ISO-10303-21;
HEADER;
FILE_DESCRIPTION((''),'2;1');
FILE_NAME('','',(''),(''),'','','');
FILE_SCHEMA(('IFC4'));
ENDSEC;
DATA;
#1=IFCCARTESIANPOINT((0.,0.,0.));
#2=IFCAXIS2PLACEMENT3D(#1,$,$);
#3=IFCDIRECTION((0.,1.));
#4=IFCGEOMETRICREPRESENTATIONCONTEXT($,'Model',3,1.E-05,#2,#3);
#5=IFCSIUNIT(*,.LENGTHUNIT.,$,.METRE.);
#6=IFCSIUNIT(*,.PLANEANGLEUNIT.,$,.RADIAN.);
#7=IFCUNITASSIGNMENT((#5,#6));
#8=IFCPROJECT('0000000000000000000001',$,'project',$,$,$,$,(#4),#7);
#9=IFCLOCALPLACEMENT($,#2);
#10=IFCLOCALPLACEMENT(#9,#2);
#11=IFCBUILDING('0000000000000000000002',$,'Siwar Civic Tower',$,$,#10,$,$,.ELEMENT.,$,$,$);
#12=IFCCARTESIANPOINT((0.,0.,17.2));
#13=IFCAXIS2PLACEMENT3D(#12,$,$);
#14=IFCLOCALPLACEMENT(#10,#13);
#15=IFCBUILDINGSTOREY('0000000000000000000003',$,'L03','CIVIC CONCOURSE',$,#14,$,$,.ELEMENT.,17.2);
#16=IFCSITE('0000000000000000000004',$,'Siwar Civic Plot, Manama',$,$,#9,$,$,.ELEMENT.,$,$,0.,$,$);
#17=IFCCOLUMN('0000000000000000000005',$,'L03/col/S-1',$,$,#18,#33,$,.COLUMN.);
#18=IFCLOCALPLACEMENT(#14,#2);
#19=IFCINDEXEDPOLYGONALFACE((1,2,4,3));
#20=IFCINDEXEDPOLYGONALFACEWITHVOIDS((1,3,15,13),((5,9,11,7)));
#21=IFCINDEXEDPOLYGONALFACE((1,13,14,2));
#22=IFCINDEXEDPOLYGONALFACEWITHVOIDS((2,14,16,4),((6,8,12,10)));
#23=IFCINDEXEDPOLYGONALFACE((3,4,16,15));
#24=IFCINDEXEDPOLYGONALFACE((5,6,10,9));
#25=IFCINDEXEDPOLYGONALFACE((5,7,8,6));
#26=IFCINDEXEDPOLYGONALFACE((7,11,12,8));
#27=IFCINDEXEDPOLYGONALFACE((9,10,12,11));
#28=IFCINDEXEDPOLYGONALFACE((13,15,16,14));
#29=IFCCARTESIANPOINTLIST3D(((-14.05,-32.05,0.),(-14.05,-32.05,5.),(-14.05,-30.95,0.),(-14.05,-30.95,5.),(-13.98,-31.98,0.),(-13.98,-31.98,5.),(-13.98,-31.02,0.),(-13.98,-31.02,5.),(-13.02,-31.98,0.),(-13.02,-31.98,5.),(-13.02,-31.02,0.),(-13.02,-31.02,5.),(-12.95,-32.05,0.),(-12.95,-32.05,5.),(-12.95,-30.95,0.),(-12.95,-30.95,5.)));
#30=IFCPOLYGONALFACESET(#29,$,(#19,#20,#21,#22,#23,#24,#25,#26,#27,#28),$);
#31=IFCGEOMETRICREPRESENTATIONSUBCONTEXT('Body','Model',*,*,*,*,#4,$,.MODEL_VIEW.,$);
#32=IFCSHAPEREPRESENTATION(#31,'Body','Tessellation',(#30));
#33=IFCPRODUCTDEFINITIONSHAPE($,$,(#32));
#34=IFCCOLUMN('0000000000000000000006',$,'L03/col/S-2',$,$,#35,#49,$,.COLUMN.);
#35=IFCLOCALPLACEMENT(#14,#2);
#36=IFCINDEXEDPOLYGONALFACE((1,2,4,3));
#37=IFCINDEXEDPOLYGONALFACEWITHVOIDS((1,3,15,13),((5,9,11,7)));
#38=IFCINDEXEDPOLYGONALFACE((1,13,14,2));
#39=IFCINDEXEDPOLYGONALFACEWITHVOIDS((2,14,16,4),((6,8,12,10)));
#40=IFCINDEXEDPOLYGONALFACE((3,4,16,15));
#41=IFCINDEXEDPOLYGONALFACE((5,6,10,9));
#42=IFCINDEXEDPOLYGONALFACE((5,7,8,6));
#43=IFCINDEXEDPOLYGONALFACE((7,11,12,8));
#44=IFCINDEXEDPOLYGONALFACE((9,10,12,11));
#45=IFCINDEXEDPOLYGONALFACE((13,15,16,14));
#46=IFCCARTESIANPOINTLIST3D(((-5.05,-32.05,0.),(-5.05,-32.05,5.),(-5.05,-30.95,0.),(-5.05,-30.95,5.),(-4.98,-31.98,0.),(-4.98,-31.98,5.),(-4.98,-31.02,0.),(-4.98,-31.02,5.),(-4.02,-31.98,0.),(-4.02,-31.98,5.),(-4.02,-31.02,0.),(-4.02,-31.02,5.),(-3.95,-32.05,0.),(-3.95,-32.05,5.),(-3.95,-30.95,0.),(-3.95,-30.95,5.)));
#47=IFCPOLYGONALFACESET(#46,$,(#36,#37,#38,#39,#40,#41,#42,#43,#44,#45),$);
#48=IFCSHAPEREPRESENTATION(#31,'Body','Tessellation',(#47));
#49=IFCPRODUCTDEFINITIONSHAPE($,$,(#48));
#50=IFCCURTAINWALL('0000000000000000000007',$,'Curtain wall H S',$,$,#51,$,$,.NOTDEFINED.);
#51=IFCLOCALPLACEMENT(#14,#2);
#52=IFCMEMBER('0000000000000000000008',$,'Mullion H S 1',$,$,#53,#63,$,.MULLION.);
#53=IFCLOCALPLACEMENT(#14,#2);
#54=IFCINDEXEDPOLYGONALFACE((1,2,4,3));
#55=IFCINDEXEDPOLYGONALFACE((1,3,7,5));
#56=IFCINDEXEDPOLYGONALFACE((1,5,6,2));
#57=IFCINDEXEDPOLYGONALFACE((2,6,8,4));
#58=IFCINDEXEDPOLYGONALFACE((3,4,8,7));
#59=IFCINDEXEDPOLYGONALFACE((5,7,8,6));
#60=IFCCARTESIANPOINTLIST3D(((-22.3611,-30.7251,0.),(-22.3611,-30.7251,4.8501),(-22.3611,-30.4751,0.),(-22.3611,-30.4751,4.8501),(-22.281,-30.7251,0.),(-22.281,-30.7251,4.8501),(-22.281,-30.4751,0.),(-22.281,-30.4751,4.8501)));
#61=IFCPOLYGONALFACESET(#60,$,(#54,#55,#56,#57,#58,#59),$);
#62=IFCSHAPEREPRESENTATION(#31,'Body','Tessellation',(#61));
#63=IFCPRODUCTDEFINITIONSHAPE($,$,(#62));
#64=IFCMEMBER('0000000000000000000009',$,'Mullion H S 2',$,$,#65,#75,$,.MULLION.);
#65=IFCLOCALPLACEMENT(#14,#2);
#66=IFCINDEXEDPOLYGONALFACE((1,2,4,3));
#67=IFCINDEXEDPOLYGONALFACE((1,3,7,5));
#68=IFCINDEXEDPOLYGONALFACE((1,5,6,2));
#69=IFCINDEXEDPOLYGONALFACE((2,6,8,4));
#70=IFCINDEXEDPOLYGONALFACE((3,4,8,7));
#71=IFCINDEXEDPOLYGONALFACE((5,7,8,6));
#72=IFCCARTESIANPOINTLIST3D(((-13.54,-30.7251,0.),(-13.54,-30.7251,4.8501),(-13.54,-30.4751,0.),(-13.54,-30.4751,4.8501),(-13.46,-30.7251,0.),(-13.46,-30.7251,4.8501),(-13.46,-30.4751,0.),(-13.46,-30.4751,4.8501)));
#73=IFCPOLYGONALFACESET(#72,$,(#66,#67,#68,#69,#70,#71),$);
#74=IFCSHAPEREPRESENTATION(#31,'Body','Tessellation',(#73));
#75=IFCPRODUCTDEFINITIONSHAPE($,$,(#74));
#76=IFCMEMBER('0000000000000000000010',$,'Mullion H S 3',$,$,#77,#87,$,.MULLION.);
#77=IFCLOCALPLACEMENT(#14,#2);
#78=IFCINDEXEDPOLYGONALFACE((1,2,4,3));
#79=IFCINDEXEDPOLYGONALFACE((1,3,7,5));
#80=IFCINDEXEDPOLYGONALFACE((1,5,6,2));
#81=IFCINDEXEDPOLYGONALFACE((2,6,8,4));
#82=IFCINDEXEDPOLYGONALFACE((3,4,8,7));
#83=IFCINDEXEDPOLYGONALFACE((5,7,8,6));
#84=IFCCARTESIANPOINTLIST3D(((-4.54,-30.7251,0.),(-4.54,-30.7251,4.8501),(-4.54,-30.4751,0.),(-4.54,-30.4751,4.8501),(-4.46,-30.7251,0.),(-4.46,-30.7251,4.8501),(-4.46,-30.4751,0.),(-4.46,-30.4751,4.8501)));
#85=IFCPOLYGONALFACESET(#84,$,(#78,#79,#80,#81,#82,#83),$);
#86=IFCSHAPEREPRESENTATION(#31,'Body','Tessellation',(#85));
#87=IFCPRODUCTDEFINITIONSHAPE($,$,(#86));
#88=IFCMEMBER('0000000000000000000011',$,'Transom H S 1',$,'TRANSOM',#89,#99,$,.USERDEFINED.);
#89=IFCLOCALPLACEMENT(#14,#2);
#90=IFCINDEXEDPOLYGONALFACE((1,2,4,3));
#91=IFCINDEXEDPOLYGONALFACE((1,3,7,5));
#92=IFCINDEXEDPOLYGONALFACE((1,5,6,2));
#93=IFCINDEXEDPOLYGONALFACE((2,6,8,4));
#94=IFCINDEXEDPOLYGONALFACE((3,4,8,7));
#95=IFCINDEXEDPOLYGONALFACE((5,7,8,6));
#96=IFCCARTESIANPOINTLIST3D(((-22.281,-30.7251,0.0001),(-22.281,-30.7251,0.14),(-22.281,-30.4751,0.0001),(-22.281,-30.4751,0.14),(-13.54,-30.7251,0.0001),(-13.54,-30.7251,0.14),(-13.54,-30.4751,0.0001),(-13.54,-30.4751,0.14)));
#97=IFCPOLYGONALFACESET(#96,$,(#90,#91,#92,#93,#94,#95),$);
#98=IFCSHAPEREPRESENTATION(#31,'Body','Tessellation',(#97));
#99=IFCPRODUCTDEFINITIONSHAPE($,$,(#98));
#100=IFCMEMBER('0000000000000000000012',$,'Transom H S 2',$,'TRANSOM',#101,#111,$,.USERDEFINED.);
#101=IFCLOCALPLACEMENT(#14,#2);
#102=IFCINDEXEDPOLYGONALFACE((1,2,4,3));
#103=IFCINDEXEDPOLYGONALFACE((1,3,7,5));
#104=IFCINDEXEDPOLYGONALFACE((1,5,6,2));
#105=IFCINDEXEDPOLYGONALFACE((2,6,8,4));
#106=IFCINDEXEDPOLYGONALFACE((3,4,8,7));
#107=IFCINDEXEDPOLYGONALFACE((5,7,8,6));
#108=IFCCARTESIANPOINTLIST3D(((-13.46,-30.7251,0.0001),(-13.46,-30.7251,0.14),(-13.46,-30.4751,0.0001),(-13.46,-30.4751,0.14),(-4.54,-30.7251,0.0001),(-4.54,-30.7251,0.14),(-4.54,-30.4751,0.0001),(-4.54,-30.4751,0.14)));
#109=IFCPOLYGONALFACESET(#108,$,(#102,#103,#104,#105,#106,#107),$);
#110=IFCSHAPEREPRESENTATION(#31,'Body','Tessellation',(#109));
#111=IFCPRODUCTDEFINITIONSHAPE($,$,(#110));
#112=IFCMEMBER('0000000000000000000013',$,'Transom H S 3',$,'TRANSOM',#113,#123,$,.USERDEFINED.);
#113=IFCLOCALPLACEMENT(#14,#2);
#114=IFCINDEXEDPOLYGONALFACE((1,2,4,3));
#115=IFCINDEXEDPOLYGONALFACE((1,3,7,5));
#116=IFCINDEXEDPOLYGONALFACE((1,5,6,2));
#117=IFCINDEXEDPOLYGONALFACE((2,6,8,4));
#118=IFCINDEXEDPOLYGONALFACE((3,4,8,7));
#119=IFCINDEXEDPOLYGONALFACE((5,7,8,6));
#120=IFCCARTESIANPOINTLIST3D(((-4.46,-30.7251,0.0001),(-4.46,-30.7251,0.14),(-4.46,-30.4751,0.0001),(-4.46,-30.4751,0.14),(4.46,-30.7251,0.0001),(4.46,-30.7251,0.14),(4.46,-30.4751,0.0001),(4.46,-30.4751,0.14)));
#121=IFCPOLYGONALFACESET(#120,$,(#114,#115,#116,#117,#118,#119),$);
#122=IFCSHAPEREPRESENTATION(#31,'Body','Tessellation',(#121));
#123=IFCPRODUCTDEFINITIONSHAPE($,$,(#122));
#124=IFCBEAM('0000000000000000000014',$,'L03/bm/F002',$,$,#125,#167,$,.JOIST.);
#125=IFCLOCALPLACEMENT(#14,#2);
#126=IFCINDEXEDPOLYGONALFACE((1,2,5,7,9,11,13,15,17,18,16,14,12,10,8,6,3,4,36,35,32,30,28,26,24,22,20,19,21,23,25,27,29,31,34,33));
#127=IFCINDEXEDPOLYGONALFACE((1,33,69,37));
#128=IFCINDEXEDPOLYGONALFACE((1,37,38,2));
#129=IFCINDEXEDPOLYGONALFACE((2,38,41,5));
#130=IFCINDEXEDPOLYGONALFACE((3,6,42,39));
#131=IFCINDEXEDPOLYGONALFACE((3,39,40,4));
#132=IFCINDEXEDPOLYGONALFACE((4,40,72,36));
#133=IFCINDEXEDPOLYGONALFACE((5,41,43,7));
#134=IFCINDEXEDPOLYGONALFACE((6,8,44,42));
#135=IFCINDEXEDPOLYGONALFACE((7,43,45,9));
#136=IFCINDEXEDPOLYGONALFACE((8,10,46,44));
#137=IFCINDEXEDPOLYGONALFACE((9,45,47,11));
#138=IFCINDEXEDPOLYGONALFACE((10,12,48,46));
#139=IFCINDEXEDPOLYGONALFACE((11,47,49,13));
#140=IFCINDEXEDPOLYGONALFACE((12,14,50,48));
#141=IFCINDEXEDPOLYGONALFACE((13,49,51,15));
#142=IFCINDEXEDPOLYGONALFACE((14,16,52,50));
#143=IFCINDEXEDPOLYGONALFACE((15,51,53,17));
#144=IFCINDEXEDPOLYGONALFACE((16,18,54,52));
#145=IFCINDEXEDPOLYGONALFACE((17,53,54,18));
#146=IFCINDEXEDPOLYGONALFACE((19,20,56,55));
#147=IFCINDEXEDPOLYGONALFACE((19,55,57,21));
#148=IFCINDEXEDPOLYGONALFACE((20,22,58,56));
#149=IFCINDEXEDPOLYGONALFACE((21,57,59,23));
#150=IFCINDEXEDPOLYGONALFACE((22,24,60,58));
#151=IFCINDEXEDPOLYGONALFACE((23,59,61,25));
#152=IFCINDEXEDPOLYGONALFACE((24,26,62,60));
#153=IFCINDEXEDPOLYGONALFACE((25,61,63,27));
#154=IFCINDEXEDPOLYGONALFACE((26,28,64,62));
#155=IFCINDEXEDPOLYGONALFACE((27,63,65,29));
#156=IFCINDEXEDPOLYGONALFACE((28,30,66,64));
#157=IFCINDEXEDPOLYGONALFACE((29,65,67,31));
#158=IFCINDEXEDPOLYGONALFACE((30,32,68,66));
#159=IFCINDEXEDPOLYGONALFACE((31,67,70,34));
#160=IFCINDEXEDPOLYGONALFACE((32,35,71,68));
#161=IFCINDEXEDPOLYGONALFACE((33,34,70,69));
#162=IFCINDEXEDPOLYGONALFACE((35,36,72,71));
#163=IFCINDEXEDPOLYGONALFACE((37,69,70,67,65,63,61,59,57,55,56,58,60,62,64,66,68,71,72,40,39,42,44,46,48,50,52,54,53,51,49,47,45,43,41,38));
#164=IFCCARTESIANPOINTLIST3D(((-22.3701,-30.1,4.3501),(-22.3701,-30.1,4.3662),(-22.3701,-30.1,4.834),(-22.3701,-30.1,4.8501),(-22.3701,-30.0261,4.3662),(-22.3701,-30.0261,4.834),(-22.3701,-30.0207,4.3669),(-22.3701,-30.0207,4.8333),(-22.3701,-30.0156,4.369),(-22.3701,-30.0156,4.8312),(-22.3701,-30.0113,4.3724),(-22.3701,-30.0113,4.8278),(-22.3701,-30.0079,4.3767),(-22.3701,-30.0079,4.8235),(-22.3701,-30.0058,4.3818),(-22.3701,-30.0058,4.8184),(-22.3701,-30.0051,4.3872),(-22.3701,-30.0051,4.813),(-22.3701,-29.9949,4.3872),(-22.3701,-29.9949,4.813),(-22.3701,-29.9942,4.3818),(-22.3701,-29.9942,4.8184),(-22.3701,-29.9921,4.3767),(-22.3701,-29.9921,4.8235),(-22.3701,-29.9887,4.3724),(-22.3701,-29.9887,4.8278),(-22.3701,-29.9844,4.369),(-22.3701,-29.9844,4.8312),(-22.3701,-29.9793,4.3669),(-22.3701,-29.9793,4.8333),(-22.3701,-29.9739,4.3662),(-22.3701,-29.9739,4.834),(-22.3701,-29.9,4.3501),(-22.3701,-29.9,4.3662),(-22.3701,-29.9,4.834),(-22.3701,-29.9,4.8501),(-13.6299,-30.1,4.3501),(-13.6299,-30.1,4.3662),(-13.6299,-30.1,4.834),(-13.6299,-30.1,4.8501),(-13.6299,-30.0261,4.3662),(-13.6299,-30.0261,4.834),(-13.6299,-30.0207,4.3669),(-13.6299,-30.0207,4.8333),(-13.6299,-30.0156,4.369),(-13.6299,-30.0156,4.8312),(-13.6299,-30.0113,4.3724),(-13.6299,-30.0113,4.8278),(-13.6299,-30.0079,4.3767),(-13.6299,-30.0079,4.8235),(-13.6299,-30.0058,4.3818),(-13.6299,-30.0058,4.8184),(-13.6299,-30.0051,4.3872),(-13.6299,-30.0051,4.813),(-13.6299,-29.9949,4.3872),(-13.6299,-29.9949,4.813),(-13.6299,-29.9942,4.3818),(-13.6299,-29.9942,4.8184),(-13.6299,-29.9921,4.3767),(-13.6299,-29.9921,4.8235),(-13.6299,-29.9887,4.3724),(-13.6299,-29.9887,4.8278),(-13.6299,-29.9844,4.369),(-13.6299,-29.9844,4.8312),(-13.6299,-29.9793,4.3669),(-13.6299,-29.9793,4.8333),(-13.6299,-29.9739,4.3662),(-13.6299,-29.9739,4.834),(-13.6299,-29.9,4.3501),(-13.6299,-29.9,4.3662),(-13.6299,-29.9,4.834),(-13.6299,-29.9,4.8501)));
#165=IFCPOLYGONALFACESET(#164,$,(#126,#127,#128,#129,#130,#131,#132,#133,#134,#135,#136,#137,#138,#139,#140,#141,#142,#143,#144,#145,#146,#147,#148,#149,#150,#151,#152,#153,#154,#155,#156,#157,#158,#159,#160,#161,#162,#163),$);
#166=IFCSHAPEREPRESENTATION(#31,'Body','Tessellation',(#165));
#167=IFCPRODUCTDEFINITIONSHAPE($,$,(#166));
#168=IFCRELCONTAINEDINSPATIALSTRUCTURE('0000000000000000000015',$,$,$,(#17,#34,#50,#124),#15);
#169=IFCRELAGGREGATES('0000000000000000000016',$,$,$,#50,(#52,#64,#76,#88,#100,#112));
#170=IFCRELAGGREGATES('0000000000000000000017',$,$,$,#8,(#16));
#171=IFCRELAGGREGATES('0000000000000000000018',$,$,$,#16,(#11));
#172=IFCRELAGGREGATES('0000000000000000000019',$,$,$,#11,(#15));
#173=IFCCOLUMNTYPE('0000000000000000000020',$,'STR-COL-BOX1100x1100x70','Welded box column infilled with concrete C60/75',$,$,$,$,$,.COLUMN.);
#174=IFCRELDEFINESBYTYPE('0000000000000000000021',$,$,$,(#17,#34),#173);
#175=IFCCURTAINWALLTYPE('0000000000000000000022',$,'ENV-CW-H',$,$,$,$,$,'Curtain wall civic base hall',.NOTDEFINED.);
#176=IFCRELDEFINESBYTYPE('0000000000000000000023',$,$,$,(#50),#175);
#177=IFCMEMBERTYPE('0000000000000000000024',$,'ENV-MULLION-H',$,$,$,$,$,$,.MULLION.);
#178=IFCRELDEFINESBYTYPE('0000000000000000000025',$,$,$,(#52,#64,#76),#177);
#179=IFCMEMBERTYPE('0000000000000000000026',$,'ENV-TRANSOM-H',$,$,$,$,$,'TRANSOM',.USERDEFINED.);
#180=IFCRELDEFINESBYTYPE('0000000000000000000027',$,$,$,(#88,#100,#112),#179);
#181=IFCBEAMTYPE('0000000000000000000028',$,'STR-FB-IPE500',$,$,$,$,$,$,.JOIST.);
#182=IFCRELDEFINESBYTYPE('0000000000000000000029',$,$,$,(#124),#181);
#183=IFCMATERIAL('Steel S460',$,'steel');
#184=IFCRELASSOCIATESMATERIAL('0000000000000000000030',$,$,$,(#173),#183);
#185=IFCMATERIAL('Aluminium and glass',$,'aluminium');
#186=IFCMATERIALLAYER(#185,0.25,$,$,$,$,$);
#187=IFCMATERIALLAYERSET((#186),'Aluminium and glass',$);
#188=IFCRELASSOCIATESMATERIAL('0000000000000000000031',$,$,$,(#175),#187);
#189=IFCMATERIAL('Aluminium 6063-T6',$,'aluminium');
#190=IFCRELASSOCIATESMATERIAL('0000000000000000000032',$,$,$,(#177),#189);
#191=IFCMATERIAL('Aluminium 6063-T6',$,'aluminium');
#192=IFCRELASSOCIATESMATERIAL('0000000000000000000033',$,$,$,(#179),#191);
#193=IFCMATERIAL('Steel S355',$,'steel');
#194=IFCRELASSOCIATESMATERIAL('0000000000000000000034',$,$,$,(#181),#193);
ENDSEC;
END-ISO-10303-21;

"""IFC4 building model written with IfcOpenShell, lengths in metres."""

from ifc_helpers import new_model, si_unit, direction, frame, origin, origin_2d, place, context, subcontext, project, spatial, rectangle, hollow_rectangle, i_section, extrude, material, layer, layer_set, material_profile, profile_set, type_object, element, aggregate, save


model = new_model("IFC4")

# Units and contexts
model_context = context("Model", 3, precision=1e-05, world=origin(), true_north=direction((0.0, 1.0)))
body_context = subcontext(model_context, "Body", "Model", "MODEL_VIEW")
ifc_project = project(units=[si_unit("LENGTHUNIT", "METRE"), si_unit("PLANEANGLEUNIT", "RADIAN")], contexts=[model_context])

# Site, building, storey
site_placement = place(None, origin())
site = spatial("IfcSite", under=ifc_project, at=site_placement, Name="Siwar Civic Plot, Manama", CompositionType="ELEMENT", RefElevation=0.0)
building_placement = place(site_placement, origin())
building = spatial("IfcBuilding", under=site, at=building_placement, Name="Siwar Civic Tower", CompositionType="ELEMENT")
storey_placement = place(building_placement, frame((0.0, 0.0, 17.2)))
storey = spatial("IfcBuildingStorey", under=building, at=storey_placement, Name="L03", Description="CIVIC CONCOURSE", CompositionType="ELEMENT", Elevation=17.2)

# Columns
ifc_material_1 = material(Name="Steel S460", Category="steel")
ifc_material_profile_1 = material_profile(ifc_material_1, hollow_rectangle(XDim=1.1001, YDim=1.1001, WallThickness=0.0701, at=origin_2d()), Name="BOX1100x1100x70")
ifc_profile_set_1 = profile_set([ifc_material_profile_1], Name="Steel S460")
column_type = type_object("IfcColumnType", Name="STR-COL-BOX1100x1100x70", Description="Welded box column infilled with concrete C60/75", PredefinedType="COLUMN", material=ifc_profile_set_1)
for number, where, z_axis, x_axis, name in (
    (1, (-13.5, -31.5, 0.0), (0.0, 0.0, 1.0), (1.0, 0.0, 0.0), "L03/col/S-1"),
    (2, (-4.5, -31.5, 0.0), (0.0, 0.0, 1.0), (1.0, 0.0, 0.0), "L03/col/S-2"),
):
    element("IfcColumn", number, at=place(storey_placement, frame(where, z_axis=z_axis, x_axis=x_axis)), inside=storey, type_object=column_type, Name=name, PredefinedType="COLUMN", context=body_context, shape_type="SweptSolid", body=[
        extrude(hollow_rectangle(XDim=1.1001, YDim=1.1001, WallThickness=0.0701, at=origin_2d()), origin(), (0.0, 0.0, 1.0), 5.0),
    ])

# Curtain wall, members
ifc_material_2 = material(Name="Aluminium and glass", Category="aluminium")
ifc_layer_1 = layer(ifc_material_2, 0.25)
ifc_layer_set_1 = layer_set([ifc_layer_1], Name="Aluminium and glass")
curtain_wall_type = type_object("IfcCurtainWallType", Name="ENV-CW-H", ElementType="Curtain wall civic base hall", PredefinedType="NOTDEFINED", material=ifc_layer_set_1)
curtain_wall_placement = place(storey_placement, origin())
curtain_wall = element("IfcCurtainWall", 3, at=curtain_wall_placement, inside=storey, type_object=curtain_wall_type, Name="Curtain wall H S", PredefinedType="NOTDEFINED")
ifc_material_3 = material(Name="Aluminium 6063-T6", Category="aluminium")
ifc_material_profile_2 = material_profile(ifc_material_3, rectangle(XDim=0.25, YDim=0.0801, at=origin_2d()), Name="AL 250x80")
ifc_profile_set_2 = profile_set([ifc_material_profile_2], Name="Aluminium 6063-T6")
member_type_1 = type_object("IfcMemberType", Name="ENV-MULLION-H", PredefinedType="MULLION", material=ifc_profile_set_2)
member_1_placement = place(storey_placement, frame((-22.321, -30.6001, 0.0), z_axis=(0.0, 0.0, 1.0), x_axis=(0.0, 1.0, 0.0)))
member_1 = element("IfcMember", 4, at=member_1_placement, type_object=member_type_1, Name="Mullion H S 1", PredefinedType="MULLION", context=body_context, shape_type="SweptSolid", body=[
    extrude(rectangle(XDim=0.25, YDim=0.0801, at=origin_2d()), origin(), (0.0, 0.0, 1.0), 4.8501),
])
member_2_placement = place(storey_placement, frame((-13.5, -30.6001, 0.0), z_axis=(0.0, 0.0, 1.0), x_axis=(0.0, 1.0, 0.0)))
member_2 = element("IfcMember", 5, at=member_2_placement, type_object=member_type_1, Name="Mullion H S 2", PredefinedType="MULLION", context=body_context, shape_type="SweptSolid", body=[
    extrude(rectangle(XDim=0.25, YDim=0.0801, at=origin_2d()), origin(), (0.0, 0.0, 1.0), 4.8501),
])
member_3_placement = place(storey_placement, frame((-4.5, -30.6001, 0.0), z_axis=(0.0, 0.0, 1.0), x_axis=(0.0, 1.0, 0.0)))
member_3 = element("IfcMember", 6, at=member_3_placement, type_object=member_type_1, Name="Mullion H S 3", PredefinedType="MULLION", context=body_context, shape_type="SweptSolid", body=[
    extrude(rectangle(XDim=0.25, YDim=0.0801, at=origin_2d()), origin(), (0.0, 0.0, 1.0), 4.8501),
])
ifc_material_4 = material(Name="Aluminium 6063-T6", Category="aluminium")
ifc_material_profile_3 = material_profile(ifc_material_4, rectangle(XDim=0.25, YDim=0.1399, at=origin_2d()), Name="AL 250x140")
ifc_profile_set_3 = profile_set([ifc_material_profile_3], Name="Aluminium 6063-T6")
member_type_2 = type_object("IfcMemberType", Name="ENV-TRANSOM-H", ElementType="TRANSOM", PredefinedType="USERDEFINED", material=ifc_profile_set_3)
member_4_placement = place(storey_placement, frame((-22.281, -30.6001, 0.0701), z_axis=(1.0, 0.0, 0.0), x_axis=(0.0, 1.0, 0.0)))
member_4 = element("IfcMember", 7, at=member_4_placement, type_object=member_type_2, Name="Transom H S 1", ObjectType="TRANSOM", PredefinedType="USERDEFINED", context=body_context, shape_type="SweptSolid", body=[
    extrude(rectangle(XDim=0.25, YDim=0.1399, at=origin_2d()), origin(), (0.0, 0.0, 1.0), 8.741),
])
member_5_placement = place(storey_placement, frame((-13.46, -30.6001, 0.0701), z_axis=(1.0, 0.0, 0.0), x_axis=(0.0, 1.0, 0.0)))
member_5 = element("IfcMember", 8, at=member_5_placement, type_object=member_type_2, Name="Transom H S 2", ObjectType="TRANSOM", PredefinedType="USERDEFINED", context=body_context, shape_type="SweptSolid", body=[
    extrude(rectangle(XDim=0.25, YDim=0.1399, at=origin_2d()), origin(), (0.0, 0.0, 1.0), 8.9199),
])
member_6_placement = place(storey_placement, frame((-4.46, -30.6001, 0.0701), z_axis=(1.0, 0.0, 0.0), x_axis=(0.0, 1.0, 0.0)))
member_6 = element("IfcMember", 9, at=member_6_placement, type_object=member_type_2, Name="Transom H S 3", ObjectType="TRANSOM", PredefinedType="USERDEFINED", context=body_context, shape_type="SweptSolid", body=[
    extrude(rectangle(XDim=0.25, YDim=0.1399, at=origin_2d()), origin(), (0.0, 0.0, 1.0), 8.9199),
])

# Beam
ifc_material_5 = material(Name="Steel S355", Category="steel")
ifc_material_profile_4 = material_profile(ifc_material_5, i_section(OverallWidth=0.2, OverallDepth=0.5, WebThickness=0.0103, FlangeThickness=0.0161, FilletRadius=0.021, at=origin_2d()), Name="IPE500")
ifc_profile_set_4 = profile_set([ifc_material_profile_4], Name="Steel S355")
beam_type_1 = type_object("IfcBeamType", Name="STR-FB-IPE500", PredefinedType="JOIST", material=ifc_profile_set_4)
for number, where, z_axis, x_axis, name in (
    (10, (-22.3701, -30.0, 4.6001), (1.0, 0.0, 0.0), (0.0, 1.0, 0.0), "L03/bm/F002"),
):
    element("IfcBeam", number, at=place(storey_placement, frame(where, z_axis=z_axis, x_axis=x_axis)), inside=storey, type_object=beam_type_1, Name=name, PredefinedType="JOIST", context=body_context, shape_type="SweptSolid", body=[
        extrude(i_section(OverallWidth=0.2, OverallDepth=0.5, WebThickness=0.0103, FlangeThickness=0.0161, FilletRadius=0.021, at=origin_2d()), origin(), (0.0, 0.0, 1.0), 8.7402),
    ])

aggregate(curtain_wall, [member_1, member_2, member_3, member_4, member_5, member_6])

save(model, "model.ifc")
